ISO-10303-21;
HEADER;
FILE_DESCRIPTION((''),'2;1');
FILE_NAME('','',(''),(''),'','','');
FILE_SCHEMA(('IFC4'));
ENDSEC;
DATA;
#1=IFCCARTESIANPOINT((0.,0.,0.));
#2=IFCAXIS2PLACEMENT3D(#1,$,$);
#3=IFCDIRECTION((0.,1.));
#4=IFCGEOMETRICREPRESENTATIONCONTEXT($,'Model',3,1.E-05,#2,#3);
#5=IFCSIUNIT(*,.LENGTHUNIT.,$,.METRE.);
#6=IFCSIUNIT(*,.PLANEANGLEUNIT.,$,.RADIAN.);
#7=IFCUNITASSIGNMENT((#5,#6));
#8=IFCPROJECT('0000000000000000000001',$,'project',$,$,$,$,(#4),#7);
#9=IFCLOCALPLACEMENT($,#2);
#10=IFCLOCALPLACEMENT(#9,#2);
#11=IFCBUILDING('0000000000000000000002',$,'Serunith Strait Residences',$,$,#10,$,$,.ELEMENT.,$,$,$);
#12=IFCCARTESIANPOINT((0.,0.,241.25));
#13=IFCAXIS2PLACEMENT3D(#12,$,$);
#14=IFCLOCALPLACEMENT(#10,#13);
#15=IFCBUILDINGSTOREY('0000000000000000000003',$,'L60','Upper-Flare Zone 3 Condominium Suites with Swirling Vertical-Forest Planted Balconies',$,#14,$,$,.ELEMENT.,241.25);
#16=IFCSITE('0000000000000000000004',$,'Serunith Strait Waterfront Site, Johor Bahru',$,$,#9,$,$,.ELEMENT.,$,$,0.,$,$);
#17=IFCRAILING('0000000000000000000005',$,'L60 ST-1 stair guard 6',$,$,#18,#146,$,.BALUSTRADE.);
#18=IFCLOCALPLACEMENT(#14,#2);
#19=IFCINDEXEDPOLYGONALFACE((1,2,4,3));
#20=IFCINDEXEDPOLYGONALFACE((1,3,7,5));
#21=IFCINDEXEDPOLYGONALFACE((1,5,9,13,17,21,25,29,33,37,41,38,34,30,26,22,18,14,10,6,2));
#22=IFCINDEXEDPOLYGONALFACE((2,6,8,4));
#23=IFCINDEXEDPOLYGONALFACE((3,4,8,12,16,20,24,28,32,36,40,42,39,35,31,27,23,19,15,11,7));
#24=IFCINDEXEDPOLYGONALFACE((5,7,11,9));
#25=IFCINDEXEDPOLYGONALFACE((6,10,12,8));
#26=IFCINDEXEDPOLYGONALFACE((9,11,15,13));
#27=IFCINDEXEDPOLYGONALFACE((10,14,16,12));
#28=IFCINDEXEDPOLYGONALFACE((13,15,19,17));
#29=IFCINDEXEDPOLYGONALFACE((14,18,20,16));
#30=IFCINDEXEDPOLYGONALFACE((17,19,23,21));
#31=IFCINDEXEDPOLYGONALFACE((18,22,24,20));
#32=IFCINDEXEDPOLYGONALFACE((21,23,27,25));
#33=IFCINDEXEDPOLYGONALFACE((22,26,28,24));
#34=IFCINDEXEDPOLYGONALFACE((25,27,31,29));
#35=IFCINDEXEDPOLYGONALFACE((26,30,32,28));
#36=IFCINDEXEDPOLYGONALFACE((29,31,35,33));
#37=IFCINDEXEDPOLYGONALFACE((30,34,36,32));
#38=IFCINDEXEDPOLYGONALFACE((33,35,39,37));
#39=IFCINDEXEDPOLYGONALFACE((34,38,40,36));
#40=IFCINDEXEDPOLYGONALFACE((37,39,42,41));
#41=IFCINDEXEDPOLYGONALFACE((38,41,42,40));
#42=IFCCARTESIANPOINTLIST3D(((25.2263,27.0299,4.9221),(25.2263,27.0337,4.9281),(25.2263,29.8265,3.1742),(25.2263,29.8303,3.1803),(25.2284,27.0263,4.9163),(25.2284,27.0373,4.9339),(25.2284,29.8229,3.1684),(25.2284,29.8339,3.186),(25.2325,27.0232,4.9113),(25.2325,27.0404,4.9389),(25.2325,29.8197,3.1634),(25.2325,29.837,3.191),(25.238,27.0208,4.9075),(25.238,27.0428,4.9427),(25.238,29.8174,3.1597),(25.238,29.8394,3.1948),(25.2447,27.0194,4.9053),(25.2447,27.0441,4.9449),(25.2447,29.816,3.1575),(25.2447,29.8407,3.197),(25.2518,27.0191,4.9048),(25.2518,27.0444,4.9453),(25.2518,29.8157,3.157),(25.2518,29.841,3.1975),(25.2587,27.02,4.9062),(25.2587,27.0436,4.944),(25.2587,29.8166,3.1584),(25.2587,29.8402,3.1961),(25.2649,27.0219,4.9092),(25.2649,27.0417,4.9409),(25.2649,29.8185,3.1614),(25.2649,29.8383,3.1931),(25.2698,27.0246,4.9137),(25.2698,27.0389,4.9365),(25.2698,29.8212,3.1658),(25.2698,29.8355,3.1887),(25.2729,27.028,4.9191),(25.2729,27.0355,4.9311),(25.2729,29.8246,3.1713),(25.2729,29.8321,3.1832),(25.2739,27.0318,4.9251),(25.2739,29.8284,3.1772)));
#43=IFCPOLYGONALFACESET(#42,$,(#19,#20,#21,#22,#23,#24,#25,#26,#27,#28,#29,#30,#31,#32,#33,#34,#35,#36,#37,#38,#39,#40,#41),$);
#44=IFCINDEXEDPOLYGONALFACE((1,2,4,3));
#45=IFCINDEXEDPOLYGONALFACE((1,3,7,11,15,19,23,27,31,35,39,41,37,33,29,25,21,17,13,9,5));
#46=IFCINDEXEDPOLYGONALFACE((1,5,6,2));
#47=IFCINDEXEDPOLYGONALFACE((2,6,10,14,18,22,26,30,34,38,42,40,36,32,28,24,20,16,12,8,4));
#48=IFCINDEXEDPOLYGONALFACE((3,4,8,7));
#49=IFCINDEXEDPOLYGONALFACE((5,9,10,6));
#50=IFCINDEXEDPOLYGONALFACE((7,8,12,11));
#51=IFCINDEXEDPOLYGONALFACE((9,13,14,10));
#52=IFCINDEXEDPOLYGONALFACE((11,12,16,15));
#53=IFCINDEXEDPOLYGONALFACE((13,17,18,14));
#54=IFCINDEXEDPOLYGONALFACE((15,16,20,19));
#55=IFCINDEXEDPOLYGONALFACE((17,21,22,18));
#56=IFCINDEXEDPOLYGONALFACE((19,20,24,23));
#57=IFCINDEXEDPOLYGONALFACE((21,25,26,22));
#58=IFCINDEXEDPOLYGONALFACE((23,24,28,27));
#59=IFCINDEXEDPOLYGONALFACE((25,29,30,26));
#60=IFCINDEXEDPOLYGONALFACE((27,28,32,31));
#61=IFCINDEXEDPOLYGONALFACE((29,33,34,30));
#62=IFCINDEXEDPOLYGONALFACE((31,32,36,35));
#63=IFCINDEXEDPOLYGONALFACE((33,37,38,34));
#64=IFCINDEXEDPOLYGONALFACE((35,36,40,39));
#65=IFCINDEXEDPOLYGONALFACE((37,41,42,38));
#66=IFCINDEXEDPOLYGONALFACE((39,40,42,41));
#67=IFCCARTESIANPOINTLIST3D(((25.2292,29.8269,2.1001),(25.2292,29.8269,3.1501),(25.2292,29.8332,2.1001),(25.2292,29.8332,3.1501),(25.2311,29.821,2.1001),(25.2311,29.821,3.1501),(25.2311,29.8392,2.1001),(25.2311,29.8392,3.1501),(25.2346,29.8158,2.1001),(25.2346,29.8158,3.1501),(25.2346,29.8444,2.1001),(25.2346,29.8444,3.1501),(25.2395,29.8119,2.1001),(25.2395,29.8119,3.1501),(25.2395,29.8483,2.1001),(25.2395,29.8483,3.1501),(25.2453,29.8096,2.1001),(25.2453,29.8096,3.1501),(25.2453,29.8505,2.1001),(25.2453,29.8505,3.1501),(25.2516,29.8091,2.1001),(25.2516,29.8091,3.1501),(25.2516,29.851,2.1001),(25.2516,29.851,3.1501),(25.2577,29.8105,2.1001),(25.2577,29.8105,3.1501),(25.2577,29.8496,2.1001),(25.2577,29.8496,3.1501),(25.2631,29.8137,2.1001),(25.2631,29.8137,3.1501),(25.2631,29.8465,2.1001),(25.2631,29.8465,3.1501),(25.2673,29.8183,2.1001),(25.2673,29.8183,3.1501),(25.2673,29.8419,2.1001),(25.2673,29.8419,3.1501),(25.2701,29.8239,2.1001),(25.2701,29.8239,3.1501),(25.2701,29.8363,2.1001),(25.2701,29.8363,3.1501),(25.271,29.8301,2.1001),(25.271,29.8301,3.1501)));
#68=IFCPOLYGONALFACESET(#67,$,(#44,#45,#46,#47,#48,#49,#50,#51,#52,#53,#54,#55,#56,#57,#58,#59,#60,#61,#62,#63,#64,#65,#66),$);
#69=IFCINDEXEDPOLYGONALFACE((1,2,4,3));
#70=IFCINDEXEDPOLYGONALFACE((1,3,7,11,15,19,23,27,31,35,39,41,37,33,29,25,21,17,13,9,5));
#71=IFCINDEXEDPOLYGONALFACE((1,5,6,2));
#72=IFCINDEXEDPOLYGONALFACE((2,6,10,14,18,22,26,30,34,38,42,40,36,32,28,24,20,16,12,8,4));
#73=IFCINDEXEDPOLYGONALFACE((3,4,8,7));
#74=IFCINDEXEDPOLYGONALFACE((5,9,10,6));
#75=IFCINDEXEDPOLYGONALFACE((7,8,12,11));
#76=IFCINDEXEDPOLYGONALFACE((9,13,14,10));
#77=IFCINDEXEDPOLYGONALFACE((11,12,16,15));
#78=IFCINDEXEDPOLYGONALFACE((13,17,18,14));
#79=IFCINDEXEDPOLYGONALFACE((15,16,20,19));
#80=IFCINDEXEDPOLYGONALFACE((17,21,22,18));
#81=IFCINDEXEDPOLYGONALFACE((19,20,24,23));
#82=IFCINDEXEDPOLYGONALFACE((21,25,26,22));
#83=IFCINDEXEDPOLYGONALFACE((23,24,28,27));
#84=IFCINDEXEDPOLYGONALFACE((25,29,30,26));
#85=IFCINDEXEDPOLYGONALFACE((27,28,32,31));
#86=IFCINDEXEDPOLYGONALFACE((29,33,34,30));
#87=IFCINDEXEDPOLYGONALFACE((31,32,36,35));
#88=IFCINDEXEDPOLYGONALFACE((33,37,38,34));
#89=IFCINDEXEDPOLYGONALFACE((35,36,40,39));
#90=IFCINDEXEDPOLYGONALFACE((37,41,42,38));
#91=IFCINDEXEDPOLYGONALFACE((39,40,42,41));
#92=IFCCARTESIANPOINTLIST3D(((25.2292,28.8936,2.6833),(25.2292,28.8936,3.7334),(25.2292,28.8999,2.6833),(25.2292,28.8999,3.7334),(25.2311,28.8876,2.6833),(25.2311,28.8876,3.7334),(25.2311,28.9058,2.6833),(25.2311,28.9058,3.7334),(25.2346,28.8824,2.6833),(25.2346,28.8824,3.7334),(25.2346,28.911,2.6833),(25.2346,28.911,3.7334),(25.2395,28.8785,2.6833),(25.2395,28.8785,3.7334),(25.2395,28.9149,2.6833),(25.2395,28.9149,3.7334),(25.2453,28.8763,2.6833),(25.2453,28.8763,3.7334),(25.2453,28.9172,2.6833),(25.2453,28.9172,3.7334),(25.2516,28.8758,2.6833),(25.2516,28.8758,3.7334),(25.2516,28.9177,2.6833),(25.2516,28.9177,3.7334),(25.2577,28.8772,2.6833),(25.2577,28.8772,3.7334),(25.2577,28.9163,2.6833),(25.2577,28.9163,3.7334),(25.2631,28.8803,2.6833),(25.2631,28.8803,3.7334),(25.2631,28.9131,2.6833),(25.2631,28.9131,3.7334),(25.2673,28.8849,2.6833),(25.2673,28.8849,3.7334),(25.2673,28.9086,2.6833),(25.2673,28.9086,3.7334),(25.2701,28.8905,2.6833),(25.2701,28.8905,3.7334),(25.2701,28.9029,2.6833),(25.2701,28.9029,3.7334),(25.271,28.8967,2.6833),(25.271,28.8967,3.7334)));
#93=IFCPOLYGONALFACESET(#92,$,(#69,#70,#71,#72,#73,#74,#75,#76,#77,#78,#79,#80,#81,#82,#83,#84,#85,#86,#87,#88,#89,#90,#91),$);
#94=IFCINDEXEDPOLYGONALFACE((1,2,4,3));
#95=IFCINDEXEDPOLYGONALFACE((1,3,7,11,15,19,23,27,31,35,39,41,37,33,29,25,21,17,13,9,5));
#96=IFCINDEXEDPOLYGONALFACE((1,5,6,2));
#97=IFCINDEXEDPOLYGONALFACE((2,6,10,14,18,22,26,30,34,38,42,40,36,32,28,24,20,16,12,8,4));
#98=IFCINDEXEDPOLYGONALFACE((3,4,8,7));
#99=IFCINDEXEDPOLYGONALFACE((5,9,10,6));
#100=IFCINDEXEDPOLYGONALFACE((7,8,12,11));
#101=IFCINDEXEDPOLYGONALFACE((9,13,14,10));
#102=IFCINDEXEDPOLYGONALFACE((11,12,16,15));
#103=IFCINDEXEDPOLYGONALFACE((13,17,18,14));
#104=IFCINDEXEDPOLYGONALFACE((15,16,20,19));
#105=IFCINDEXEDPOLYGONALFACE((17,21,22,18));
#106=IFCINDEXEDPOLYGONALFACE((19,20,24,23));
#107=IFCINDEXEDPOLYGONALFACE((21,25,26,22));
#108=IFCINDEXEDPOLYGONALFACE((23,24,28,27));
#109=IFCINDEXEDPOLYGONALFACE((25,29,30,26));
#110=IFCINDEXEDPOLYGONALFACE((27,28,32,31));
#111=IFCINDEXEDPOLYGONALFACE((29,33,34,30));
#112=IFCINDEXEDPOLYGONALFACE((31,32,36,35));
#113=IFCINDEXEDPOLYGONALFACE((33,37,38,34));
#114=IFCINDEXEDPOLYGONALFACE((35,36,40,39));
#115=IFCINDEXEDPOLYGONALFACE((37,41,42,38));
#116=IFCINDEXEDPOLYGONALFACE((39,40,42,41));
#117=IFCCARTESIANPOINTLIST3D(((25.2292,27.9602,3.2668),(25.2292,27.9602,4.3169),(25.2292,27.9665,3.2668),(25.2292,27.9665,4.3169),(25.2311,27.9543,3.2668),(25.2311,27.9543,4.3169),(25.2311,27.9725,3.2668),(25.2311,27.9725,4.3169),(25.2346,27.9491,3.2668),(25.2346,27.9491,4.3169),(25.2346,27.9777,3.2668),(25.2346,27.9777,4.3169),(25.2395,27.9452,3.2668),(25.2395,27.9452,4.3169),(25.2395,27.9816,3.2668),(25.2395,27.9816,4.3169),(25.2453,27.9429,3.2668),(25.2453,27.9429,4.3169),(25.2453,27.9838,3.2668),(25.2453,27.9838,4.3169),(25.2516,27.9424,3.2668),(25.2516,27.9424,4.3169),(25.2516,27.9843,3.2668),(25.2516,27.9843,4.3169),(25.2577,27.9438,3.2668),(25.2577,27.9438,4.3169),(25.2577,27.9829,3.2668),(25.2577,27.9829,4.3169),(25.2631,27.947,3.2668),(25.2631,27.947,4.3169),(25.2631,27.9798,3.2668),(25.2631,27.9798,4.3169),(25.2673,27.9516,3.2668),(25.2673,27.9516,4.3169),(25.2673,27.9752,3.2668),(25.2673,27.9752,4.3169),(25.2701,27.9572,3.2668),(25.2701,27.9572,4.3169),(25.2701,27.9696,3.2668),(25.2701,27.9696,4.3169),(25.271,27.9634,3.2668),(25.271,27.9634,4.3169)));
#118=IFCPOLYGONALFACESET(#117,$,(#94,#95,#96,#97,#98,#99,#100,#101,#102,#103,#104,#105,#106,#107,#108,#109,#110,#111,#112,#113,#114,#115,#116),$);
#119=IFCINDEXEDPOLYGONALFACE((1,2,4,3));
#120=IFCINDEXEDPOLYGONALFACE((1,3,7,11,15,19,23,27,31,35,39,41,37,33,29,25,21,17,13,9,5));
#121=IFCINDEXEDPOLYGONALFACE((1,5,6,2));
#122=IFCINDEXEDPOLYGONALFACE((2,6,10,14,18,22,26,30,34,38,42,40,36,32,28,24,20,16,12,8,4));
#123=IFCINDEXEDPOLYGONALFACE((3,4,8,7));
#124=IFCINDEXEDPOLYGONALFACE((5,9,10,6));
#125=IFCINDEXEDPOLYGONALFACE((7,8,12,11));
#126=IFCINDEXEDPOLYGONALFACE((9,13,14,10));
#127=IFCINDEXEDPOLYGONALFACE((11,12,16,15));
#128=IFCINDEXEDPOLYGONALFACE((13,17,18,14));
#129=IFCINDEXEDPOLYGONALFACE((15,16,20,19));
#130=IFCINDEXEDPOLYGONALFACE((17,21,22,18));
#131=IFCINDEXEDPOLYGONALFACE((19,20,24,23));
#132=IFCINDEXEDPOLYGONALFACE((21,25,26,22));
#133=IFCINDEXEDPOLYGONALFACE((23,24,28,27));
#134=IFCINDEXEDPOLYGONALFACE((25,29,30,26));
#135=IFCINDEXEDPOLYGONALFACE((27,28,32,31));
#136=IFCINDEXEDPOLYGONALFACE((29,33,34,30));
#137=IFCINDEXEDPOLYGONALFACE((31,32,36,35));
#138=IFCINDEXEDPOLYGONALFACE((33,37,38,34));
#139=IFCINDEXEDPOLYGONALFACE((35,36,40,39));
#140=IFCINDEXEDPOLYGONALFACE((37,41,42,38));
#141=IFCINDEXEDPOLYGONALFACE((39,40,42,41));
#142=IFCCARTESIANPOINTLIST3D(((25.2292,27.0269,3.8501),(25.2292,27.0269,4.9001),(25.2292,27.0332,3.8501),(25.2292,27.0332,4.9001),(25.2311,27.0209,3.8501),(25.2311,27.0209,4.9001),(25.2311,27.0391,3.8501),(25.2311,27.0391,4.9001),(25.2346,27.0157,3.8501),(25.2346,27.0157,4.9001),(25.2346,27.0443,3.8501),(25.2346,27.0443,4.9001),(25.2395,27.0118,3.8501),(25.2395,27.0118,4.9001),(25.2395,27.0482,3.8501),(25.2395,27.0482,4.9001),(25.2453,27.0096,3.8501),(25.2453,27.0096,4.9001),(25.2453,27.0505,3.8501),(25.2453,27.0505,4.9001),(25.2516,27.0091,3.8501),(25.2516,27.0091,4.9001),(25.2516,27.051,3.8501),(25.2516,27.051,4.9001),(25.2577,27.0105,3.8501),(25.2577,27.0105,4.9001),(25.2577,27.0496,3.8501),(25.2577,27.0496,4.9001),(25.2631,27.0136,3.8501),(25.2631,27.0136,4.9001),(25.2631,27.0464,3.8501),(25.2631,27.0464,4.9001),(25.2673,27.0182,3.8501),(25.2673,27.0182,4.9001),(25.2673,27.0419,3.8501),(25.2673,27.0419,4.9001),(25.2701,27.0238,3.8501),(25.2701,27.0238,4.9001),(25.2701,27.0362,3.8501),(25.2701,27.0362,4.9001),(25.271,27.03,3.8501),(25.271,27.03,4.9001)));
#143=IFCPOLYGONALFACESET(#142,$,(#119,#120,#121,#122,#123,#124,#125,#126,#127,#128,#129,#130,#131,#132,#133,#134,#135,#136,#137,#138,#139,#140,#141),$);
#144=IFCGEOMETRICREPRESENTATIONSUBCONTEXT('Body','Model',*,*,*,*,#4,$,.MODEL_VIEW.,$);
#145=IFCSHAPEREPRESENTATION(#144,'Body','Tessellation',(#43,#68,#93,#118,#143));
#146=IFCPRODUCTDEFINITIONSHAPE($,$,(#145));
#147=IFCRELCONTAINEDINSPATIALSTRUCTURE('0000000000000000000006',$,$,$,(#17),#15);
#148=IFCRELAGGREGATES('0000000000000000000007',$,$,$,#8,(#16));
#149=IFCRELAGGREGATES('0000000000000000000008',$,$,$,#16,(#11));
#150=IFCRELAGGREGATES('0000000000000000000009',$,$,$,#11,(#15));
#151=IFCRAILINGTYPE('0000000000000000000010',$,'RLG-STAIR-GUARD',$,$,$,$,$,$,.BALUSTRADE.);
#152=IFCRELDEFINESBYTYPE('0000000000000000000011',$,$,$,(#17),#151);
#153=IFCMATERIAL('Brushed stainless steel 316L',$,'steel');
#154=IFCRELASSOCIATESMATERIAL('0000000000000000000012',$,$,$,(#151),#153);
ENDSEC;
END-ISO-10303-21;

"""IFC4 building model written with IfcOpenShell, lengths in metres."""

from ifc_helpers import new_model, si_unit, direction, frame, origin, origin_2d, place, context, subcontext, project, spatial, circle, extrude, material, type_object, element, save


model = new_model("IFC4")

# Units and contexts
model_context = context("Model", 3, precision=1e-05, world=origin(), true_north=direction((0.0, 1.0)))
body_context = subcontext(model_context, "Body", "Model", "MODEL_VIEW")
ifc_project = project(units=[si_unit("LENGTHUNIT", "METRE"), si_unit("PLANEANGLEUNIT", "RADIAN")], contexts=[model_context])

# Site, building, storey
site_placement = place(None, origin())
site = spatial("IfcSite", under=ifc_project, at=site_placement, Name="Serunith Strait Waterfront Site, Johor Bahru", CompositionType="ELEMENT", RefElevation=0.0)
building_placement = place(site_placement, origin())
building = spatial("IfcBuilding", under=site, at=building_placement, Name="Serunith Strait Residences", CompositionType="ELEMENT")
storey_placement = place(building_placement, frame((0.0, 0.0, 241.25)))
storey = spatial("IfcBuildingStorey", under=building, at=storey_placement, Name="L60", Description="Upper-Flare Zone 3 Condominium Suites with Swirling Vertical-Forest Planted Balconies", CompositionType="ELEMENT", Elevation=241.25)

# Railing
ifc_material_1 = material(Name="Brushed stainless steel 316L", Category="steel")
railing_type_1 = type_object("IfcRailingType", Name="RLG-STAIR-GUARD", PredefinedType="BALUSTRADE", material=ifc_material_1)
railing_1_placement = place(storey_placement, frame((25.25, 29.8301, 2.1001)))
element("IfcRailing", 1, at=railing_1_placement, inside=storey, type_object=railing_type_1, Name="L60 ST-1 stair guard 6", PredefinedType="BALUSTRADE", context=body_context, shape_type="SweptSolid", body=[
    extrude(circle(Radius=0.0239, at=origin_2d()), frame((0.0, -0.0017, 1.0771), z_axis=(0.0, -0.848002, 0.529992), x_axis=(1.0, 0.0, 0.0)), (0.0, 0.0, 1.0), 3.2979),
    extrude(circle(Radius=0.021, at=origin_2d()), origin(), (0.0, 0.0, 1.0), 1.05),
    extrude(circle(Radius=0.021, at=origin_2d()), frame((0.0, -0.9333, 0.5833)), (0.0, 0.0, 1.0), 1.05),
    extrude(circle(Radius=0.021, at=origin_2d()), frame((0.0, -1.8667, 1.1667)), (0.0, 0.0, 1.0), 1.05),
    extrude(circle(Radius=0.021, at=origin_2d()), frame((0.0, -2.8, 1.75)), (0.0, 0.0, 1.0), 1.05),
])

save(model, "model.ifc")
